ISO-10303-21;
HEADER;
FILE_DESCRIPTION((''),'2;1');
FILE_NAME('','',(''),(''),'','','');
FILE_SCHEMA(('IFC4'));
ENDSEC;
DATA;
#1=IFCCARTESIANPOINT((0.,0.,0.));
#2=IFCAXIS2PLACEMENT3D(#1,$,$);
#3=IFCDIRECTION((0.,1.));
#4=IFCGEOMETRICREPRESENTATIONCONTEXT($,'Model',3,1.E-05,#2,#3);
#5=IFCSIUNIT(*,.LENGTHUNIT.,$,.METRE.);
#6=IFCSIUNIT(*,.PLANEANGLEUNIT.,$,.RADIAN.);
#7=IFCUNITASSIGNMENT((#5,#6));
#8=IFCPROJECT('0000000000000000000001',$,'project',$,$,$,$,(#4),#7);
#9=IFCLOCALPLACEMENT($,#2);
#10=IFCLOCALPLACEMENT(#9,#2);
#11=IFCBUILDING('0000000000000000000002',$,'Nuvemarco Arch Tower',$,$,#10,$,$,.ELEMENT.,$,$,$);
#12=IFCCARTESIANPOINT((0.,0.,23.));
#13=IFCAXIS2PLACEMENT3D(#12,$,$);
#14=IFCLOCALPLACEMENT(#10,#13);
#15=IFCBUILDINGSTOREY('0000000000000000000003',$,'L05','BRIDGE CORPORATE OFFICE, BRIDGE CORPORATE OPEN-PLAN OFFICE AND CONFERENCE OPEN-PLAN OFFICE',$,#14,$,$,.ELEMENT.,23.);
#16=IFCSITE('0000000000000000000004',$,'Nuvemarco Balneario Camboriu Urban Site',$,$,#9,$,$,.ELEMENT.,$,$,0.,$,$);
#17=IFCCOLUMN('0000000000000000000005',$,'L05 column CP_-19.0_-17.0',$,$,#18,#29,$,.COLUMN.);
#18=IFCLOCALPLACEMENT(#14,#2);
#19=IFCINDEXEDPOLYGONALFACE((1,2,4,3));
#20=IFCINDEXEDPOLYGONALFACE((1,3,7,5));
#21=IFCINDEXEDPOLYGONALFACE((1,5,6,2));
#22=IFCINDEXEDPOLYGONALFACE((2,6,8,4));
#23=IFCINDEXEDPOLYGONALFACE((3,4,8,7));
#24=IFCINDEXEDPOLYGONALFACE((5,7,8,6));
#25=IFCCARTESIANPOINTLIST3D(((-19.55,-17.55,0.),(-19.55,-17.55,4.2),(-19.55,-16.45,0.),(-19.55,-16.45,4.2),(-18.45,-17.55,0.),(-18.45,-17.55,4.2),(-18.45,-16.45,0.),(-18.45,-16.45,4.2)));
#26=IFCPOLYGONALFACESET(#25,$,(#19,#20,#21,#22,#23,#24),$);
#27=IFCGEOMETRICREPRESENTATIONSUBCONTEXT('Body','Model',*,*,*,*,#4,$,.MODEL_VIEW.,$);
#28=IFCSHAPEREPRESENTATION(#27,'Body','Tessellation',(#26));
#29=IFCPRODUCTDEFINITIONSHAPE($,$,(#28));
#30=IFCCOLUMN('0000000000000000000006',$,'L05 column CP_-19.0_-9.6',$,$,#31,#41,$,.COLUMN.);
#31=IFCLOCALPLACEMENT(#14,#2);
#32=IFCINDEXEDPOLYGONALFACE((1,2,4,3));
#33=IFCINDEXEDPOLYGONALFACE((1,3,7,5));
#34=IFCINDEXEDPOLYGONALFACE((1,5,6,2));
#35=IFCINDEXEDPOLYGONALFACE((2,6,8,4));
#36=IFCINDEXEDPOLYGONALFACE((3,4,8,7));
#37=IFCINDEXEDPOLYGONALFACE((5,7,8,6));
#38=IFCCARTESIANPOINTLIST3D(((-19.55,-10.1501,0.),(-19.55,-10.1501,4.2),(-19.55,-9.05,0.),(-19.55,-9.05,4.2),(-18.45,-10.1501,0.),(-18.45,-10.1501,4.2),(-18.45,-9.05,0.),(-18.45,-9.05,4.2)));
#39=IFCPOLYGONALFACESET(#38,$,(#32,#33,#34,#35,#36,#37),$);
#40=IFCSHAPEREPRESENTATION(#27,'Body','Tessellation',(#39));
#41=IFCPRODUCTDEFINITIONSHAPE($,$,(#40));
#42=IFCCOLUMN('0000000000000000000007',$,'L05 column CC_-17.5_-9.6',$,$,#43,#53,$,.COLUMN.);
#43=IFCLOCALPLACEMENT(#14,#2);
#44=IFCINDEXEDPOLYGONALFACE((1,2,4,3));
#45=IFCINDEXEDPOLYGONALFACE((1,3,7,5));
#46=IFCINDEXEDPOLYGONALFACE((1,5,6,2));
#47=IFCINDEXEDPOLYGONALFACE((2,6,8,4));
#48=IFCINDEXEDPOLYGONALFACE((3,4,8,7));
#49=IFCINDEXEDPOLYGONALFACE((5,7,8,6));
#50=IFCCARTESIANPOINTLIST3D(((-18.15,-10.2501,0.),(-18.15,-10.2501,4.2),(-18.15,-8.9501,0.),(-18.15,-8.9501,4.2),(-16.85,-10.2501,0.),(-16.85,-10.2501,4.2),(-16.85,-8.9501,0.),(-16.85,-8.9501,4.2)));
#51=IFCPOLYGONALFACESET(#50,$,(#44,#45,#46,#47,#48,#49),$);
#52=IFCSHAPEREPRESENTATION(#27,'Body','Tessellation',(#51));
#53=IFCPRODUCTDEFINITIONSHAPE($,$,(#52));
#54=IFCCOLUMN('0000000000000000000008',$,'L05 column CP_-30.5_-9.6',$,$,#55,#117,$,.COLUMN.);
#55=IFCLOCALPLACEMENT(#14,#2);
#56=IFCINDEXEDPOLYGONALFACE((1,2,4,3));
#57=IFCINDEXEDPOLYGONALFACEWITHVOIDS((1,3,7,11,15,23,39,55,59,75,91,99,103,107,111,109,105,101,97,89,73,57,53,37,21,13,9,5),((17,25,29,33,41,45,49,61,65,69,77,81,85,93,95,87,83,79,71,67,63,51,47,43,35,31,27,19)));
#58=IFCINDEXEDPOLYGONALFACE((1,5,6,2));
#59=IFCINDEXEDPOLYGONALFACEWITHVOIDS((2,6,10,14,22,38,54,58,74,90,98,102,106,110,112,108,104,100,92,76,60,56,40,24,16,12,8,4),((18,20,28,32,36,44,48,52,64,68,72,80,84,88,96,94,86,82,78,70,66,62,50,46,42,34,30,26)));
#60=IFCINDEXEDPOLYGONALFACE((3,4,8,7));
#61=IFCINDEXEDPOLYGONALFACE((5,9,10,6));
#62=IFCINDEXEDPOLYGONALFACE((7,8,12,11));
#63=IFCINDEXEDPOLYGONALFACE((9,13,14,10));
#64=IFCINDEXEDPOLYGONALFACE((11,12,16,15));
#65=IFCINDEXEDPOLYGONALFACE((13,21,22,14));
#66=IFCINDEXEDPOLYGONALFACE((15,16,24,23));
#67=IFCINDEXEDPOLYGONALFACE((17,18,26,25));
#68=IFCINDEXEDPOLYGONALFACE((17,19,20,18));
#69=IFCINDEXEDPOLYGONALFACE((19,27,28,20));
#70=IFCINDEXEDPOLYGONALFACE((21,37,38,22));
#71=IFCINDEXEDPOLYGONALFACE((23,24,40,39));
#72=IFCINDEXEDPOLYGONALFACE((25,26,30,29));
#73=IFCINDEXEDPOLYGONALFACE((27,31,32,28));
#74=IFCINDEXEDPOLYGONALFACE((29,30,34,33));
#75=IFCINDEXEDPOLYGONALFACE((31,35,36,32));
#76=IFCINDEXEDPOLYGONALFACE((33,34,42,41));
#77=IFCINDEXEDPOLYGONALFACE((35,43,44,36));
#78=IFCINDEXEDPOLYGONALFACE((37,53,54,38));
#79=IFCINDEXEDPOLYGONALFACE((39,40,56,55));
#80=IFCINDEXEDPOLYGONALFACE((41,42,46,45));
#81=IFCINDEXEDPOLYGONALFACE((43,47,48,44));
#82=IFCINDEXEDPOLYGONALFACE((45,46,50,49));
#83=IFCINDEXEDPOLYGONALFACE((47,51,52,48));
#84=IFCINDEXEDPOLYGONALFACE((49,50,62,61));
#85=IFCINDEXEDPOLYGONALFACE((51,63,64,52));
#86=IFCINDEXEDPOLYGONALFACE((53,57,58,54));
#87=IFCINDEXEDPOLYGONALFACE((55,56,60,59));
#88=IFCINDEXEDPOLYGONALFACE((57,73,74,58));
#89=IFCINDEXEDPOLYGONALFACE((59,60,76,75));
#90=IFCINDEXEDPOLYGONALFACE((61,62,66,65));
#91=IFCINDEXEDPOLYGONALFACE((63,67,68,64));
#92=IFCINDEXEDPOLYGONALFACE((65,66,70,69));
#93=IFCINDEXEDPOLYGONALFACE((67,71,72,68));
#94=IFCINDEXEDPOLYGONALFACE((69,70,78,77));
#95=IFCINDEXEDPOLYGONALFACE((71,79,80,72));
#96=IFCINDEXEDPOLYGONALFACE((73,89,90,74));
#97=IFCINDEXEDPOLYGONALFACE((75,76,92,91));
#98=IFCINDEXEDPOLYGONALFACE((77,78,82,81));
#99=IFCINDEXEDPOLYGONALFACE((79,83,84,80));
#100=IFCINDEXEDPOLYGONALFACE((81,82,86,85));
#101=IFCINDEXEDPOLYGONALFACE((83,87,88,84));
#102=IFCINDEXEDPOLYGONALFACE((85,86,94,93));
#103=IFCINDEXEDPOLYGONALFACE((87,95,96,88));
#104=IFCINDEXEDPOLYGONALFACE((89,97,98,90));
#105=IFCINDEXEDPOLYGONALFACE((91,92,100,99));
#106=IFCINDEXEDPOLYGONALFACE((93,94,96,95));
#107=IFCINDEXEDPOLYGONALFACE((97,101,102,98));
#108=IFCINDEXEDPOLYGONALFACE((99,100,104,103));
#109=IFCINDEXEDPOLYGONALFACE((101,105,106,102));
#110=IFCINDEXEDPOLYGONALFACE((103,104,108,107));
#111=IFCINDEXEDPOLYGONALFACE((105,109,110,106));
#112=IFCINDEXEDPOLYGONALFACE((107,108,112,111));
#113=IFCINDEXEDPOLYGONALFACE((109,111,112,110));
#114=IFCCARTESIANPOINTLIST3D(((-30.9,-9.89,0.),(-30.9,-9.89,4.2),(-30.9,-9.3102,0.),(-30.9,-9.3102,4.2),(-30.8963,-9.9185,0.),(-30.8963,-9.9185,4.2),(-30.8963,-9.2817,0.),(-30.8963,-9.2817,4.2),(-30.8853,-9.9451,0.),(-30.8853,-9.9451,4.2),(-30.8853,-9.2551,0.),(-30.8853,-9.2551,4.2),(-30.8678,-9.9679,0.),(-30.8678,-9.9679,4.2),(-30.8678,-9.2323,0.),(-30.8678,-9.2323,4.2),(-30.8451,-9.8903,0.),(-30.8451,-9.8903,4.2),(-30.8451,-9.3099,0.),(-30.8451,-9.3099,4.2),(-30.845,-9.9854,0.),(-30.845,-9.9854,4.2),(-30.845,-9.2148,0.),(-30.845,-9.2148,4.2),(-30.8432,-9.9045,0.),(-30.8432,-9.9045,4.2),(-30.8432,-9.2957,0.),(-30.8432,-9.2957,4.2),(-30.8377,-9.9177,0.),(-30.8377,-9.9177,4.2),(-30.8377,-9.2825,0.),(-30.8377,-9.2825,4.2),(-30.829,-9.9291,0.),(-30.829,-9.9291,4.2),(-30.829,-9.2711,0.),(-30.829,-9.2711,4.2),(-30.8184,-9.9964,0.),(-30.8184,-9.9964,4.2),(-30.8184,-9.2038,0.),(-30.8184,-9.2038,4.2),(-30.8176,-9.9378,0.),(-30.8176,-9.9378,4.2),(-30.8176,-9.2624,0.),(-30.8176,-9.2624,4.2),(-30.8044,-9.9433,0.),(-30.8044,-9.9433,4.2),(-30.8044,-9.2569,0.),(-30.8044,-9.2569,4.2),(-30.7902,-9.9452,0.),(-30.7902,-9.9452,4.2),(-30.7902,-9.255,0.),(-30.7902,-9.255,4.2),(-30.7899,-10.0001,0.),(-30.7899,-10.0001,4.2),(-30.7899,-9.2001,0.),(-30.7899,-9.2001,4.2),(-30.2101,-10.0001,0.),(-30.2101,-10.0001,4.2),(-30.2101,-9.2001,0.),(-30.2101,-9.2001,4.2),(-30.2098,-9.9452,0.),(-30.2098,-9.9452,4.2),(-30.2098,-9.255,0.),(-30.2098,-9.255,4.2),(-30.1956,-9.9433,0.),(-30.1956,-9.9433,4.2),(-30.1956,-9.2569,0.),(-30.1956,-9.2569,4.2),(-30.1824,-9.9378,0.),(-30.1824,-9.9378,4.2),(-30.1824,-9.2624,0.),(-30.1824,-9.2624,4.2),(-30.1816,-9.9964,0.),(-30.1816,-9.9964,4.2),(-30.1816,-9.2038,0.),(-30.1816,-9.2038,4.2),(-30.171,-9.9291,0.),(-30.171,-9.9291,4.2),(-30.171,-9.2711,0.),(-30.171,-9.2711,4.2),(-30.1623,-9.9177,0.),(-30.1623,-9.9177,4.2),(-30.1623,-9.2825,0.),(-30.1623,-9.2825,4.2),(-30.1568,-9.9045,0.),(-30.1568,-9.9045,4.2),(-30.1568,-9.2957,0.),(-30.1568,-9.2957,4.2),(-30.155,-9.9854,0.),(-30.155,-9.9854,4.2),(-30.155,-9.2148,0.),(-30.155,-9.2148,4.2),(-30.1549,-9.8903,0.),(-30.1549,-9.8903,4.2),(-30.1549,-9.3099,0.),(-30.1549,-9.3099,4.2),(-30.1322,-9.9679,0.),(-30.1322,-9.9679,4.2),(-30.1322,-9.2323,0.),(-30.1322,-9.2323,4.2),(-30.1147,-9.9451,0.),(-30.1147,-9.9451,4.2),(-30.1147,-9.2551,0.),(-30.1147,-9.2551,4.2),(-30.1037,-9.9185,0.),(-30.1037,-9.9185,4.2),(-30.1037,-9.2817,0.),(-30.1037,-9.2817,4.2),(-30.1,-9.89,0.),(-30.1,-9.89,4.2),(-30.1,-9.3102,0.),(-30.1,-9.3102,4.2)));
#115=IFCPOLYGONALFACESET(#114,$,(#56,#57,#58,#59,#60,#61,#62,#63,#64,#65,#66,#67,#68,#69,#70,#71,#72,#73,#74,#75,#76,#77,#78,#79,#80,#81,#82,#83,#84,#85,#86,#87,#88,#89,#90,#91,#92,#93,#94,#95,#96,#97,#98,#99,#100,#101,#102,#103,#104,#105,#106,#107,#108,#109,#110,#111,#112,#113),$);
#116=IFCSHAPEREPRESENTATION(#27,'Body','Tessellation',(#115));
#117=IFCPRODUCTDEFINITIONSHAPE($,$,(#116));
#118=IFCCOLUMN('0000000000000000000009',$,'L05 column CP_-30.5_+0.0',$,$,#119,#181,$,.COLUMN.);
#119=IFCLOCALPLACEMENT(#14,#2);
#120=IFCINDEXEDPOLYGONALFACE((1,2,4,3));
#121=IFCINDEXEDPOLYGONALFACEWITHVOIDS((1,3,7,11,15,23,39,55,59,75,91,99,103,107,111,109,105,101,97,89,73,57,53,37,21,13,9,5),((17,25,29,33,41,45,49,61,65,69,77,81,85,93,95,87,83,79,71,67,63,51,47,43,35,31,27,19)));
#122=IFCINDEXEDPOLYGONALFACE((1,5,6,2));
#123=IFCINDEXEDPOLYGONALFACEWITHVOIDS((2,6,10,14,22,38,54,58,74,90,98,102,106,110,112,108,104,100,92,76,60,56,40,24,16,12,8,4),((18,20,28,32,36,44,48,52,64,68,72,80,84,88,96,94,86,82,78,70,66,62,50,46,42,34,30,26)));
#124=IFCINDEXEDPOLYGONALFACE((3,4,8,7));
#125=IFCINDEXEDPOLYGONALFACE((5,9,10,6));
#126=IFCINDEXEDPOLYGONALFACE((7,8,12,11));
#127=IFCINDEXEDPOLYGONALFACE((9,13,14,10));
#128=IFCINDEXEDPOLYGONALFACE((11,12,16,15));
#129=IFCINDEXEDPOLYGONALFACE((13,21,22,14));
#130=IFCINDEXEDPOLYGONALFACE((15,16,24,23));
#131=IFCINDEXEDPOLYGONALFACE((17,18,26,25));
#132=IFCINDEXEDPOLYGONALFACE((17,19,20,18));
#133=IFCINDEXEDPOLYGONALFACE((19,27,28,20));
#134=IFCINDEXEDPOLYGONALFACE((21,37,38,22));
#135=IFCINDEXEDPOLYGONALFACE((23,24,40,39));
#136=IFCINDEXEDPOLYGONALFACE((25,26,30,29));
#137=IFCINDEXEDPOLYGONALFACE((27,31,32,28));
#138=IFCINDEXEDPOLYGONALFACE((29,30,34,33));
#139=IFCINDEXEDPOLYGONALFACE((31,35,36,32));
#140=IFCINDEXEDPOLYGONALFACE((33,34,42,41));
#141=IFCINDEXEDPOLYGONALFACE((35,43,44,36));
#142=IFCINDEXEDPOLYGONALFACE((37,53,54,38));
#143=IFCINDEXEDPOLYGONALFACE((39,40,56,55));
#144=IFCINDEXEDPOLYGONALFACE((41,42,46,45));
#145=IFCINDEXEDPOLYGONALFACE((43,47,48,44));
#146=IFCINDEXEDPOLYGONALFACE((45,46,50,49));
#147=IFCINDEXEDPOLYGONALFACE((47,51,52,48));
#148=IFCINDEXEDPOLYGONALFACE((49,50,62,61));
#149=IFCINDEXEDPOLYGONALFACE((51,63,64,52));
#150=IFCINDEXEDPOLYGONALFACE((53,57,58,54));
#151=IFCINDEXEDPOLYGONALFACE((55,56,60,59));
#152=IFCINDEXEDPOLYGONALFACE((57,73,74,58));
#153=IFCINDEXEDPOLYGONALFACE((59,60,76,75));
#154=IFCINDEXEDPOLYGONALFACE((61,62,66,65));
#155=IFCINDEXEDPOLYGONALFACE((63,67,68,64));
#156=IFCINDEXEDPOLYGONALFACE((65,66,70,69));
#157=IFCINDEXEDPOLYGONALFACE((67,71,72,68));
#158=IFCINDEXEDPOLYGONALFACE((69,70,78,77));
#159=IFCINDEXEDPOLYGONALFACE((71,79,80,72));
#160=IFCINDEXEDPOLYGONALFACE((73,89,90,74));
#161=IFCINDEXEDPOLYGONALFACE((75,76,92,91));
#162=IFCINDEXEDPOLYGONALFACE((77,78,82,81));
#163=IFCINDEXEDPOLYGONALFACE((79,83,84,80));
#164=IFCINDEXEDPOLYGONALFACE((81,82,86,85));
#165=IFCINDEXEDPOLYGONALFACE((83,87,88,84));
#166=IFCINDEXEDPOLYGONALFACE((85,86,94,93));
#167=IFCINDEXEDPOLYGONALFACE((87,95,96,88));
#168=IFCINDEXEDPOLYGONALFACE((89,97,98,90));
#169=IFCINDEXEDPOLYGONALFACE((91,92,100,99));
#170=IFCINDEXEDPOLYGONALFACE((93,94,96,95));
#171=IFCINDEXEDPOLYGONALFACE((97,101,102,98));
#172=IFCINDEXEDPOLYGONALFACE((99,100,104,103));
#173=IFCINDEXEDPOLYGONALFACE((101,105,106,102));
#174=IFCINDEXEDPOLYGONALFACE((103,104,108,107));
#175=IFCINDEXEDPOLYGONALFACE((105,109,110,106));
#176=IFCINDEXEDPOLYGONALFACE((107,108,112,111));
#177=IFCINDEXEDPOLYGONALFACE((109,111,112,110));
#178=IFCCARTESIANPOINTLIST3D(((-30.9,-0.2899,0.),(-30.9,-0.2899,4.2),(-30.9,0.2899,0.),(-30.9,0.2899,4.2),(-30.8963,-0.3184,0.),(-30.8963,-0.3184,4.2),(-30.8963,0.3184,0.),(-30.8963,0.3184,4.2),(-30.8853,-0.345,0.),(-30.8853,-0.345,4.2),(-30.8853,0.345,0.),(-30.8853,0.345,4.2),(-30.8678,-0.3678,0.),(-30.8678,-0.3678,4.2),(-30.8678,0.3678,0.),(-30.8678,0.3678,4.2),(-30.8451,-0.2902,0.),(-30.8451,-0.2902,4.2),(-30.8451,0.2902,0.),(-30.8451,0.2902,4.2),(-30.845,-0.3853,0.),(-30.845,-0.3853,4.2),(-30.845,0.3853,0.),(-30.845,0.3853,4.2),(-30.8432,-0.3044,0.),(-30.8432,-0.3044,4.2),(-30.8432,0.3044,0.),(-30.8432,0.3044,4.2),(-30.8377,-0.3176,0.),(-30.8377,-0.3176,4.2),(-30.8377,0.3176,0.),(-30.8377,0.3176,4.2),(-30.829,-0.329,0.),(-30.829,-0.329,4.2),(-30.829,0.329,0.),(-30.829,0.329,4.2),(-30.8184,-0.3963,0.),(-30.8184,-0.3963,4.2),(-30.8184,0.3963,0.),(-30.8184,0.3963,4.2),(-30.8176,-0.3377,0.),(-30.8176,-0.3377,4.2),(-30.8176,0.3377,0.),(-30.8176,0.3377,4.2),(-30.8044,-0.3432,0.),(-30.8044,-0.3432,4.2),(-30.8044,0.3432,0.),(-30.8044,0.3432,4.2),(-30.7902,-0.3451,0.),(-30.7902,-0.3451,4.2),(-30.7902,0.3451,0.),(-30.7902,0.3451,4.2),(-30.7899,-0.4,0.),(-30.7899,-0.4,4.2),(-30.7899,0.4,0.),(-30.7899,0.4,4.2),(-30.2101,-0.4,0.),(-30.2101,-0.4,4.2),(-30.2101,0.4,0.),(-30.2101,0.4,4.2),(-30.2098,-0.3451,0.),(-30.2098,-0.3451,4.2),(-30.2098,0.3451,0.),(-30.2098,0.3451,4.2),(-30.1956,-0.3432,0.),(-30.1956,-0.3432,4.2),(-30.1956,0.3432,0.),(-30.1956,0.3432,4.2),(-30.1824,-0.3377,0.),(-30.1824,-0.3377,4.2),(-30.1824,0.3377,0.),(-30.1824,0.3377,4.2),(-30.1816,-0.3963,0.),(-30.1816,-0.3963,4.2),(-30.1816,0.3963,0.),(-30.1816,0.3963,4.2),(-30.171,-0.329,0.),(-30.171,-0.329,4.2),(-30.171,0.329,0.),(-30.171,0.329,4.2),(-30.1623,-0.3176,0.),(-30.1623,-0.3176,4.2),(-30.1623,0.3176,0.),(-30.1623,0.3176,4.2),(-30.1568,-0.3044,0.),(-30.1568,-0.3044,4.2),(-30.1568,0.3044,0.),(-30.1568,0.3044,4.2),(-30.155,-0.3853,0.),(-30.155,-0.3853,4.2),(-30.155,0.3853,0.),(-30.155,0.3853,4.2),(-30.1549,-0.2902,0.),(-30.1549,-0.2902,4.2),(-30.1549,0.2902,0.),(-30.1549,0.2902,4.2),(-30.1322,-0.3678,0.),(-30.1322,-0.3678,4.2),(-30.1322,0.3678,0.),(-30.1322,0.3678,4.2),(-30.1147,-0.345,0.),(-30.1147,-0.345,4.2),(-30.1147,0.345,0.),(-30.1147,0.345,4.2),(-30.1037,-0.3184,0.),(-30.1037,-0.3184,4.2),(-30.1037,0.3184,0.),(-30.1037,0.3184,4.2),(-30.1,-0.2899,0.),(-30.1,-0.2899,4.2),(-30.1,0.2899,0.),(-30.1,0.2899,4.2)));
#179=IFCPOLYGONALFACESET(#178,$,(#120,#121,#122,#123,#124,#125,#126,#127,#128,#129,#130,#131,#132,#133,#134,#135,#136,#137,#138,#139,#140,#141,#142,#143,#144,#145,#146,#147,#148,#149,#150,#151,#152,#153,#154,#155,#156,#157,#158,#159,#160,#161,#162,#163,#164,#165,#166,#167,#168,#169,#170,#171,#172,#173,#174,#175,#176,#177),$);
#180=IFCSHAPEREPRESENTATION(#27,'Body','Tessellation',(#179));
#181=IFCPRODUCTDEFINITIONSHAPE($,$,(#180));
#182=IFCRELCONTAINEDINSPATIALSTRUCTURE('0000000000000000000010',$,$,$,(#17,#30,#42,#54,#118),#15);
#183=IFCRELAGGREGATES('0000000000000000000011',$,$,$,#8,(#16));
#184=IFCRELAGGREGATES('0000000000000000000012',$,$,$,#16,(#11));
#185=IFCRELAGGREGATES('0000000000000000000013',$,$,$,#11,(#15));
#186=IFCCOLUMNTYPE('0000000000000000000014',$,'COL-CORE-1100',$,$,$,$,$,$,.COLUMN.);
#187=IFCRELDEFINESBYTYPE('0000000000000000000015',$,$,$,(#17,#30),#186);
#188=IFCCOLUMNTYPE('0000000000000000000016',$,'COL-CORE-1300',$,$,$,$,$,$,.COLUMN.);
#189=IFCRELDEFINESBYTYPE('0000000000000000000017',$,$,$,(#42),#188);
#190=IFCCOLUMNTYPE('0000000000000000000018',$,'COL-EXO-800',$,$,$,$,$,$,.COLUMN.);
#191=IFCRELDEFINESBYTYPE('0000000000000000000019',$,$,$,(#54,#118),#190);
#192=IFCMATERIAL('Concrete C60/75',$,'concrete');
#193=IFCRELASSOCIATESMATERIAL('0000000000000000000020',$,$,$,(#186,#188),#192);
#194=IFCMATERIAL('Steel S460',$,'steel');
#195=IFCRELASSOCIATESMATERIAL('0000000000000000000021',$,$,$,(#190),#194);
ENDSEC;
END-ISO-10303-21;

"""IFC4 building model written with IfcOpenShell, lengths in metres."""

from ifc_helpers import new_model, si_unit, direction, frame, origin, origin_2d, place, context, subcontext, project, spatial, rectangle, hollow_rectangle, extrude, material, material_profile, profile_set, type_object, element, save


model = new_model("IFC4")

# Units and contexts
model_context = context("Model", 3, precision=1e-05, world=origin(), true_north=direction((0.0, 1.0)))
body_context = subcontext(model_context, "Body", "Model", "MODEL_VIEW")
ifc_project = project(units=[si_unit("LENGTHUNIT", "METRE"), si_unit("PLANEANGLEUNIT", "RADIAN")], contexts=[model_context])

# Site, building, storey
site_placement = place(None, origin())
site = spatial("IfcSite", under=ifc_project, at=site_placement, Name="Nuvemarco Balneario Camboriu Urban Site", CompositionType="ELEMENT", RefElevation=0.0)
building_placement = place(site_placement, origin())
building = spatial("IfcBuilding", under=site, at=building_placement, Name="Nuvemarco Arch Tower", CompositionType="ELEMENT")
storey_placement = place(building_placement, frame((0.0, 0.0, 23.0)))
storey = spatial("IfcBuildingStorey", under=building, at=storey_placement, Name="L05", Description="BRIDGE CORPORATE OFFICE, BRIDGE CORPORATE OPEN-PLAN OFFICE AND CONFERENCE OPEN-PLAN OFFICE", CompositionType="ELEMENT", Elevation=23.0)

# Columns
ifc_material_1 = material(Name="Concrete C60/75", Category="concrete")
ifc_material_profile_1 = material_profile(ifc_material_1, rectangle(XDim=1.1001, YDim=1.1001, at=origin_2d()), Name="RC-COL-1100x1100")
ifc_profile_set_1 = profile_set([ifc_material_profile_1], Name="Concrete C60/75")
column_type_1 = type_object("IfcColumnType", Name="COL-CORE-1100", PredefinedType="COLUMN", material=ifc_profile_set_1)
for number, where, z_axis, x_axis, name in (
    (1, (-19.0, -17.0, 0.0), (0.0, 0.0, 1.0), (1.0, 0.0, 0.0), "L05 column CP_-19.0_-17.0"),
    (2, (-19.0, -9.6001, 0.0), (0.0, 0.0, 1.0), (1.0, 0.0, 0.0), "L05 column CP_-19.0_-9.6"),
):
    element("IfcColumn", number, at=place(storey_placement, frame(where, z_axis=z_axis, x_axis=x_axis)), inside=storey, type_object=column_type_1, Name=name, PredefinedType="COLUMN", context=body_context, shape_type="SweptSolid", body=[
        extrude(rectangle(XDim=1.1001, YDim=1.1001, at=origin_2d()), origin(), (0.0, 0.0, 1.0), 4.2),
    ])
ifc_material_profile_2 = material_profile(ifc_material_1, rectangle(XDim=1.3, YDim=1.3, at=origin_2d()), Name="RC-COL-1300x1300")
ifc_profile_set_2 = profile_set([ifc_material_profile_2], Name="Concrete C60/75")
column_type_2 = type_object("IfcColumnType", Name="COL-CORE-1300", PredefinedType="COLUMN", material=ifc_profile_set_2)
column_placement = place(storey_placement, frame((-17.5, -9.6001, 0.0), z_axis=(0.0, 0.0, 1.0), x_axis=(1.0, 0.0, 0.0)))
element("IfcColumn", 3, at=column_placement, inside=storey, type_object=column_type_2, Name="L05 column CC_-17.5_-9.6", PredefinedType="COLUMN", context=body_context, shape_type="SweptSolid", body=[
    extrude(rectangle(XDim=1.3, YDim=1.3, at=origin_2d()), origin(), (0.0, 0.0, 1.0), 4.2),
])
ifc_material_2 = material(Name="Steel S460", Category="steel")
ifc_material_profile_3 = material_profile(ifc_material_2, hollow_rectangle(XDim=0.8, YDim=0.8, WallThickness=0.0549, InnerFilletRadius=0.0549, OuterFilletRadius=0.1101, at=origin_2d()), Name="SHS800x800x55")
ifc_profile_set_3 = profile_set([ifc_material_profile_3], Name="Steel S460")
column_type_3 = type_object("IfcColumnType", Name="COL-EXO-800", PredefinedType="COLUMN", material=ifc_profile_set_3)
for number, where, z_axis, x_axis, name in (
    (4, (-30.5, -9.6001, 0.0), (0.0, 0.0, 1.0), (1.0, 0.0, 0.0), "L05 column CP_-30.5_-9.6"),
    (5, (-30.5, 0.0, 0.0), (0.0, 0.0, 1.0), (1.0, 0.0, 0.0), "L05 column CP_-30.5_+0.0"),
):
    element("IfcColumn", number, at=place(storey_placement, frame(where, z_axis=z_axis, x_axis=x_axis)), inside=storey, type_object=column_type_3, Name=name, PredefinedType="COLUMN", context=body_context, shape_type="SweptSolid", body=[
        extrude(hollow_rectangle(XDim=0.8, YDim=0.8, WallThickness=0.0549, InnerFilletRadius=0.0549, OuterFilletRadius=0.1101, at=origin_2d()), origin(), (0.0, 0.0, 1.0), 4.2),
    ])

save(model, "model.ifc")
